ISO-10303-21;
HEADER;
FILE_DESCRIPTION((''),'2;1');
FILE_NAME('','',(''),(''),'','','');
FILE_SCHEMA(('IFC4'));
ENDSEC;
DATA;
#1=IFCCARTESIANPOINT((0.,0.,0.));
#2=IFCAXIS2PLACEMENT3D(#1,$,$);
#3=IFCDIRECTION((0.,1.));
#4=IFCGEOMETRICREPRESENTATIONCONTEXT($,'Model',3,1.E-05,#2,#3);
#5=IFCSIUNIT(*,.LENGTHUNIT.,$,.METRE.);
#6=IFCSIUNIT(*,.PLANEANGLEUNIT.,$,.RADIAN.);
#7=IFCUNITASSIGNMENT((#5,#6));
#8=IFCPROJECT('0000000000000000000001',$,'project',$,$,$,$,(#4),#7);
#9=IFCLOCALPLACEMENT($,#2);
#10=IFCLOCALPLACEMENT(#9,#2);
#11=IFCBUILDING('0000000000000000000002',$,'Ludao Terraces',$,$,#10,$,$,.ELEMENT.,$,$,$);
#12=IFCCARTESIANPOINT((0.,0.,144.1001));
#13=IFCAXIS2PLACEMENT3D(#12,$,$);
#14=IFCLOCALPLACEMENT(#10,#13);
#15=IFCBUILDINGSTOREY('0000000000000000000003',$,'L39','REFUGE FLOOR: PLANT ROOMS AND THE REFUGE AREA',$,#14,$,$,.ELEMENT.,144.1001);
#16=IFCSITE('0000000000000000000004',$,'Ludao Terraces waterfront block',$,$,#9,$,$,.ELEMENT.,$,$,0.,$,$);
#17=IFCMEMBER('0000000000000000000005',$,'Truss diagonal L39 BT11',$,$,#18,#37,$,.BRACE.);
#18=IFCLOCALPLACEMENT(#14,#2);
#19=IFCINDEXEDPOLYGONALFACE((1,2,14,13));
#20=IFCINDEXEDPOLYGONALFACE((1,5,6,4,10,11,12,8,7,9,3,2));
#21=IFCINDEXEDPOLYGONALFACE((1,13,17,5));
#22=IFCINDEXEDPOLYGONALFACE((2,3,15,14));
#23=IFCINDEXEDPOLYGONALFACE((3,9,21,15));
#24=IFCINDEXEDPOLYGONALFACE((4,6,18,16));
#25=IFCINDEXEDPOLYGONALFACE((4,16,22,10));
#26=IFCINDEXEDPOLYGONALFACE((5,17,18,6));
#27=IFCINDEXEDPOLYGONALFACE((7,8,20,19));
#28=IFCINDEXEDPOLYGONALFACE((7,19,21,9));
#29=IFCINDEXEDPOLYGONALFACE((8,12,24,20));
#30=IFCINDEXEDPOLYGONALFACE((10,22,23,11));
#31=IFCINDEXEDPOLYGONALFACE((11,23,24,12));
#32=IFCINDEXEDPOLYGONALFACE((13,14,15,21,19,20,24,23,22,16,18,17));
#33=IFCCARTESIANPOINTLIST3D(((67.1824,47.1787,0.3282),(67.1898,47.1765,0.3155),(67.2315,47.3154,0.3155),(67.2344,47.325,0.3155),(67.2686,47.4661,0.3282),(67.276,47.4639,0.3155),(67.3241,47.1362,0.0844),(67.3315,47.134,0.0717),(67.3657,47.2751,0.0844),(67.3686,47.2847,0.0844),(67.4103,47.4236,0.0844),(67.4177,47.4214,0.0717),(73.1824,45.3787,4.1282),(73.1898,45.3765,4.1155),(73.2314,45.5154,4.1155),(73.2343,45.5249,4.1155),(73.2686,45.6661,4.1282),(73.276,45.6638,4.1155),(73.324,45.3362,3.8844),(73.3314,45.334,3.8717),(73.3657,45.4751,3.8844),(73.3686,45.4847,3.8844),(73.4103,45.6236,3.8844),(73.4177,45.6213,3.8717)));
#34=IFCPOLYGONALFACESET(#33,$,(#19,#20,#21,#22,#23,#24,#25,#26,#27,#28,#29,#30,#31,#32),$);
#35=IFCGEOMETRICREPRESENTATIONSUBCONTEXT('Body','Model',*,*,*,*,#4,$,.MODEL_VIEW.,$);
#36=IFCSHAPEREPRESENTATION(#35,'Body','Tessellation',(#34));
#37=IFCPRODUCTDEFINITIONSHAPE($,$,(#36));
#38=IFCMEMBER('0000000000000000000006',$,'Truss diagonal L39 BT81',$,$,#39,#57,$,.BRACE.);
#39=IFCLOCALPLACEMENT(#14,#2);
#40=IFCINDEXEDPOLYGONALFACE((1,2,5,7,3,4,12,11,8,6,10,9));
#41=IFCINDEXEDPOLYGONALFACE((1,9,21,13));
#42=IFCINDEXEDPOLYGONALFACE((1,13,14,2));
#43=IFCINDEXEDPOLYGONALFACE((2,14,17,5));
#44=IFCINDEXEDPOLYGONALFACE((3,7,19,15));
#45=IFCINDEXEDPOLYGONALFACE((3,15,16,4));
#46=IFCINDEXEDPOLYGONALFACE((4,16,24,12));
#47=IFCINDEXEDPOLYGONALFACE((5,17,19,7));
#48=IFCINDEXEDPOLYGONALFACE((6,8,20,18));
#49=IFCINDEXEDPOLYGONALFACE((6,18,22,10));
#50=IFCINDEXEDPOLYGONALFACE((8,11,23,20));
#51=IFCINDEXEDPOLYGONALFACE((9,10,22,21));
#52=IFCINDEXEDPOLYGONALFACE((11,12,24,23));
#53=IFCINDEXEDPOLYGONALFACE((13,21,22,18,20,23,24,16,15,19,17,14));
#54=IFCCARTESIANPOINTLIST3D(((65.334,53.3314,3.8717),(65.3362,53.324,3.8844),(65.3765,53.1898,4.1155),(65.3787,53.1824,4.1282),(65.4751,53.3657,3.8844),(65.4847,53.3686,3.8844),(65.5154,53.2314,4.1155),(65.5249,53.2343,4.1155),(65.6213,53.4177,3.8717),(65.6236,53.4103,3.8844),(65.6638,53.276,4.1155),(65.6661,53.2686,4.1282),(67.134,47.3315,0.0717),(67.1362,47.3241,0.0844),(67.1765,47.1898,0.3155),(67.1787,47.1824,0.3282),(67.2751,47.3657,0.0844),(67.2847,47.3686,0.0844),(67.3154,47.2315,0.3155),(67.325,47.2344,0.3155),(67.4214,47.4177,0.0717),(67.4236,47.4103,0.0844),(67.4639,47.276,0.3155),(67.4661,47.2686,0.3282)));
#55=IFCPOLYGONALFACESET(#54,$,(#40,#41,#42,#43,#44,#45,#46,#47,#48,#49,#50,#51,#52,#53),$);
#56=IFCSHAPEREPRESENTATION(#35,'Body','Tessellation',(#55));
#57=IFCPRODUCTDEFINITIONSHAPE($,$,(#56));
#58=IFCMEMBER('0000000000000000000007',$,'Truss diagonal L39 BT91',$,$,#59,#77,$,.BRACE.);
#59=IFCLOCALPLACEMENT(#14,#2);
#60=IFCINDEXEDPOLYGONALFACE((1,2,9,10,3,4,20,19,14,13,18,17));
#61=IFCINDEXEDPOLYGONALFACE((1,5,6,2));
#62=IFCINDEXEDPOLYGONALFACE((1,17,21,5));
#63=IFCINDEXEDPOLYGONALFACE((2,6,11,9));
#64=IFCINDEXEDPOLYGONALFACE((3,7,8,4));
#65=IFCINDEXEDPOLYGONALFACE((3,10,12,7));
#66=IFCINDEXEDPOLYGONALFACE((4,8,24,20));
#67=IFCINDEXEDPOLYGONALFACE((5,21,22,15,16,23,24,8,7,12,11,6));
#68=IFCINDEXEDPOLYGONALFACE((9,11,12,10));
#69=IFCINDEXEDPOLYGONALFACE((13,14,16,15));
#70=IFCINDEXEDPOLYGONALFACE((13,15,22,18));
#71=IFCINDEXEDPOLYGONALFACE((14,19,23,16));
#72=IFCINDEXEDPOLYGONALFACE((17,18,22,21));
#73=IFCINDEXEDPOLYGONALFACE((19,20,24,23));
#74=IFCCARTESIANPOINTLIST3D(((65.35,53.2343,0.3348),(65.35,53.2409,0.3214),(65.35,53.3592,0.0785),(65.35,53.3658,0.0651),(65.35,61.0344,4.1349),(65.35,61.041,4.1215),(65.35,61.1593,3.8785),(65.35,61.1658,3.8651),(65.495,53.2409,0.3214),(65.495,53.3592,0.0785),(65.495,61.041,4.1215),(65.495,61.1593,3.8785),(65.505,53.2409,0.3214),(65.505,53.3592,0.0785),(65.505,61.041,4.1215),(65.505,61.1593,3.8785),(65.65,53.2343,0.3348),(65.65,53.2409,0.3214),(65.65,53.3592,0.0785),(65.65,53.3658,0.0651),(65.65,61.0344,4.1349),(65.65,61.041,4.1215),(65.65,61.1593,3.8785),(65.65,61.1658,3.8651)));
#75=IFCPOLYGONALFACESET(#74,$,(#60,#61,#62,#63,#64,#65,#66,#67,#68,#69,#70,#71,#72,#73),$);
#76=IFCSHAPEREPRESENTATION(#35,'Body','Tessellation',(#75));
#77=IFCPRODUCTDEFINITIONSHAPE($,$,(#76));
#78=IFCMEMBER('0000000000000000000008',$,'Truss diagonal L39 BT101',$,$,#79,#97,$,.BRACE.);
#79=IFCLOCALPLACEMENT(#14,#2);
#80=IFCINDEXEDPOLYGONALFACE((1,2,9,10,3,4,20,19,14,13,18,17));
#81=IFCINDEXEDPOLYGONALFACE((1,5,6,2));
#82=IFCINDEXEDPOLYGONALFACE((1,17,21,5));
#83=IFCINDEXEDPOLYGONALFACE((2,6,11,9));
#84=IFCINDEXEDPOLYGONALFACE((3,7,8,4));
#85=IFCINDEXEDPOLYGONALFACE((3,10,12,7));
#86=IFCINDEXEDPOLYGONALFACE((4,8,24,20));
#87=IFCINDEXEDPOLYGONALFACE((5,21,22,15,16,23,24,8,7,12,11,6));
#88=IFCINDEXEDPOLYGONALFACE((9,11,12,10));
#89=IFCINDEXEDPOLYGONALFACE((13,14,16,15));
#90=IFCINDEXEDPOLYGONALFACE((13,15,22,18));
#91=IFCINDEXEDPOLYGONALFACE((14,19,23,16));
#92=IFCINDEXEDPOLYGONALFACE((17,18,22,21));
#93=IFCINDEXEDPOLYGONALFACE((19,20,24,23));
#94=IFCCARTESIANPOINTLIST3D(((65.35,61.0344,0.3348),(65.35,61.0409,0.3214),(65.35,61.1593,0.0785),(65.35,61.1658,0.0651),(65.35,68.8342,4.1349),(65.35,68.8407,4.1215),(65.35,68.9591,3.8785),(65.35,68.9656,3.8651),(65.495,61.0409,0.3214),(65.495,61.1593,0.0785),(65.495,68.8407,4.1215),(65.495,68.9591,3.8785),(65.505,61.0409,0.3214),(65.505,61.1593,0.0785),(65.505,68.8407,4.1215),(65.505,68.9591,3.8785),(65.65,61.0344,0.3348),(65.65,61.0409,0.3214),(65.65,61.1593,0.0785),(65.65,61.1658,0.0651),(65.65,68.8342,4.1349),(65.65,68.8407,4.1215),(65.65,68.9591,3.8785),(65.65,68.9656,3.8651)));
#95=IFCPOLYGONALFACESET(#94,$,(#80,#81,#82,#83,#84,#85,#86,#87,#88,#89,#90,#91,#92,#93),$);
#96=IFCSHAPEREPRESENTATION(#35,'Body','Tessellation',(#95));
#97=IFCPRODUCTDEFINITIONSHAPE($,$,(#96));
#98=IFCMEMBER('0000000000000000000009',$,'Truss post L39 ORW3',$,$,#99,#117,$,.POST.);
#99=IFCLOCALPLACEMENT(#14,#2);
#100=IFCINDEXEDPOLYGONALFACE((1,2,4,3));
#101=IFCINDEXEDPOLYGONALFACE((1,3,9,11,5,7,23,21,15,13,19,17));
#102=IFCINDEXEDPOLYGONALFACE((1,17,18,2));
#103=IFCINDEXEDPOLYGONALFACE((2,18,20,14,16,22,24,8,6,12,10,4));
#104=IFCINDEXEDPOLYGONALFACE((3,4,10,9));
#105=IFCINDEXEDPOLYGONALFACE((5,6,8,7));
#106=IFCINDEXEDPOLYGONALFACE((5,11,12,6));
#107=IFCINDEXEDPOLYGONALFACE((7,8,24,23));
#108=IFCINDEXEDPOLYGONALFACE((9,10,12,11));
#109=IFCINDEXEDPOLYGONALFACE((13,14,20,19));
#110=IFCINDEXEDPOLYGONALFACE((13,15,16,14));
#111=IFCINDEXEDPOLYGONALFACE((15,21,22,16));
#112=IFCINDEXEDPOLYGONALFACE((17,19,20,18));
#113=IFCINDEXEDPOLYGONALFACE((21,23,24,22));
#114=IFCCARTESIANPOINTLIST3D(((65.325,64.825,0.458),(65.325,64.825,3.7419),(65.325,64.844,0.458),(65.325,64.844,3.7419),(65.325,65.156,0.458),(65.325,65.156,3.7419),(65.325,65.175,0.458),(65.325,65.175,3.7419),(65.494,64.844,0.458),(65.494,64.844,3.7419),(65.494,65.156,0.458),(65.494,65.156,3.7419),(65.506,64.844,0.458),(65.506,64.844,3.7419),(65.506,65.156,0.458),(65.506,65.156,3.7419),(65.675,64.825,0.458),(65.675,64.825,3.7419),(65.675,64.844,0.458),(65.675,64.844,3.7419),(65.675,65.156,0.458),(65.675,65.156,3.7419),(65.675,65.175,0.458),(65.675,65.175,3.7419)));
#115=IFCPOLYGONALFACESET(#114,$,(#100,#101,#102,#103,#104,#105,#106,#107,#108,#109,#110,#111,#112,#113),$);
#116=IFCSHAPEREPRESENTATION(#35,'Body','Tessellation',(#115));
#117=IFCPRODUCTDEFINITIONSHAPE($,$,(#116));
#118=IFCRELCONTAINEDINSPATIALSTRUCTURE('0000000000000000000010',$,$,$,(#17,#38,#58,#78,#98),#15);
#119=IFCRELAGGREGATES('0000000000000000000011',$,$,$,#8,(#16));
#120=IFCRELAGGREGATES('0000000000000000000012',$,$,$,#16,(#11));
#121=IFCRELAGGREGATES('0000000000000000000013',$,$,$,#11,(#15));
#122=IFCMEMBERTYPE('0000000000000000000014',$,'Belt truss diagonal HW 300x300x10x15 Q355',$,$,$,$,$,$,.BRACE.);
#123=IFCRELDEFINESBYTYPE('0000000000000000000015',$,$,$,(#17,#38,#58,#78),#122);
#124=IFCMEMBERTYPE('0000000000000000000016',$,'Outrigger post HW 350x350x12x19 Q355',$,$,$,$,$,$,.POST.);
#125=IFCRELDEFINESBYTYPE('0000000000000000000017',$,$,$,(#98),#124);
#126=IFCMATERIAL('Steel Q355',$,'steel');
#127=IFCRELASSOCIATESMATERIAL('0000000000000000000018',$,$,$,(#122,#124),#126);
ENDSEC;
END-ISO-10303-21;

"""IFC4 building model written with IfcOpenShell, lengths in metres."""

from ifc_helpers import new_model, si_unit, direction, frame, origin, origin_2d, place, context, subcontext, project, spatial, i_section, extrude, material, material_profile, profile_set, type_object, element, save


model = new_model("IFC4")

# Units and contexts
model_context = context("Model", 3, precision=1e-05, world=origin(), true_north=direction((0.0, 1.0)))
body_context = subcontext(model_context, "Body", "Model", "MODEL_VIEW")
ifc_project = project(units=[si_unit("LENGTHUNIT", "METRE"), si_unit("PLANEANGLEUNIT", "RADIAN")], contexts=[model_context])

# Site, building, storey
site_placement = place(None, origin())
site = spatial("IfcSite", under=ifc_project, at=site_placement, Name="Ludao Terraces waterfront block", CompositionType="ELEMENT", RefElevation=0.0)
building_placement = place(site_placement, origin())
building = spatial("IfcBuilding", under=site, at=building_placement, Name="Ludao Terraces", CompositionType="ELEMENT")
storey_placement = place(building_placement, frame((0.0, 0.0, 144.1001)))
storey = spatial("IfcBuildingStorey", under=building, at=storey_placement, Name="L39", Description="REFUGE FLOOR: PLANT ROOMS AND THE REFUGE AREA", CompositionType="ELEMENT", Elevation=144.1001)

# Members
ifc_material_1 = material(Name="Steel Q355", Category="steel")
ifc_material_profile_1 = material_profile(ifc_material_1, i_section(OverallWidth=0.3, OverallDepth=0.3, WebThickness=0.01, FlangeThickness=0.0149, at=origin_2d()), Name="HW 300X300X10X15")
ifc_profile_set_1 = profile_set([ifc_material_profile_1], Name="Steel Q355")
member_type_1 = type_object("IfcMemberType", Name="Belt truss diagonal HW 300x300x10x15 Q355", PredefinedType="BRACE", material=ifc_profile_set_1)
for number, where, z_axis, x_axis, name in (
    (1, (67.3, 47.3, 0.2), (0.818922, -0.245683, 0.518658), (0.287355, 0.957824, 0.0), "Truss diagonal L39 BT11"),
    (2, (67.3, 47.3, 0.2), (-0.245683, 0.818922, 0.518658), (-0.957824, -0.287355, 0.0), "Truss diagonal L39 BT81"),
):
    element("IfcMember", number, at=place(storey_placement, frame(where, z_axis=z_axis, x_axis=x_axis)), inside=storey, type_object=member_type_1, Name=name, PredefinedType="BRACE", context=body_context, shape_type="SweptSolid", body=[
        extrude(i_section(OverallWidth=0.3, OverallDepth=0.3, WebThickness=0.01, FlangeThickness=0.0149, at=origin_2d()), origin(), (0.0, 0.0, 1.0), 7.3267),
    ])
member_1_placement = place(storey_placement, frame((65.5, 53.3, 0.2), z_axis=(0.0, 0.898989, 0.437972), x_axis=(-1.0, 0.0, 0.0)))
element("IfcMember", 3, at=member_1_placement, inside=storey, type_object=member_type_1, Name="Truss diagonal L39 BT91", PredefinedType="BRACE", context=body_context, shape_type="SweptSolid", body=[
    extrude(i_section(OverallWidth=0.3, OverallDepth=0.3, WebThickness=0.01, FlangeThickness=0.0149, at=origin_2d()), origin(), (0.0, 0.0, 1.0), 8.6765),
])
member_2_placement = place(storey_placement, frame((65.5, 61.1001, 0.2), z_axis=(0.0, 0.898983, 0.437983), x_axis=(-1.0, 0.0, 0.0)))
element("IfcMember", 4, at=member_2_placement, inside=storey, type_object=member_type_1, Name="Truss diagonal L39 BT101", PredefinedType="BRACE", context=body_context, shape_type="SweptSolid", body=[
    extrude(i_section(OverallWidth=0.3, OverallDepth=0.3, WebThickness=0.01, FlangeThickness=0.0149, at=origin_2d()), origin(), (0.0, 0.0, 1.0), 8.6763),
])
ifc_material_profile_2 = material_profile(ifc_material_1, i_section(OverallWidth=0.3501, OverallDepth=0.3501, WebThickness=0.012, FlangeThickness=0.019, at=origin_2d()), Name="HW 350X350X12X19")
ifc_profile_set_2 = profile_set([ifc_material_profile_2], Name="Steel Q355")
member_type_2 = type_object("IfcMemberType", Name="Outrigger post HW 350x350x12x19 Q355", PredefinedType="POST", material=ifc_profile_set_2)
member_3_placement = place(storey_placement, frame((65.5, 65.0, 0.458), z_axis=(0.0, 0.0, 1.0), x_axis=(1.0, 0.0, 0.0)))
element("IfcMember", 5, at=member_3_placement, inside=storey, type_object=member_type_2, Name="Truss post L39 ORW3", PredefinedType="POST", context=body_context, shape_type="SweptSolid", body=[
    extrude(i_section(OverallWidth=0.3501, OverallDepth=0.3501, WebThickness=0.012, FlangeThickness=0.019, at=origin_2d()), origin(), (0.0, 0.0, 1.0), 3.2839),
])

save(model, "model.ifc")
